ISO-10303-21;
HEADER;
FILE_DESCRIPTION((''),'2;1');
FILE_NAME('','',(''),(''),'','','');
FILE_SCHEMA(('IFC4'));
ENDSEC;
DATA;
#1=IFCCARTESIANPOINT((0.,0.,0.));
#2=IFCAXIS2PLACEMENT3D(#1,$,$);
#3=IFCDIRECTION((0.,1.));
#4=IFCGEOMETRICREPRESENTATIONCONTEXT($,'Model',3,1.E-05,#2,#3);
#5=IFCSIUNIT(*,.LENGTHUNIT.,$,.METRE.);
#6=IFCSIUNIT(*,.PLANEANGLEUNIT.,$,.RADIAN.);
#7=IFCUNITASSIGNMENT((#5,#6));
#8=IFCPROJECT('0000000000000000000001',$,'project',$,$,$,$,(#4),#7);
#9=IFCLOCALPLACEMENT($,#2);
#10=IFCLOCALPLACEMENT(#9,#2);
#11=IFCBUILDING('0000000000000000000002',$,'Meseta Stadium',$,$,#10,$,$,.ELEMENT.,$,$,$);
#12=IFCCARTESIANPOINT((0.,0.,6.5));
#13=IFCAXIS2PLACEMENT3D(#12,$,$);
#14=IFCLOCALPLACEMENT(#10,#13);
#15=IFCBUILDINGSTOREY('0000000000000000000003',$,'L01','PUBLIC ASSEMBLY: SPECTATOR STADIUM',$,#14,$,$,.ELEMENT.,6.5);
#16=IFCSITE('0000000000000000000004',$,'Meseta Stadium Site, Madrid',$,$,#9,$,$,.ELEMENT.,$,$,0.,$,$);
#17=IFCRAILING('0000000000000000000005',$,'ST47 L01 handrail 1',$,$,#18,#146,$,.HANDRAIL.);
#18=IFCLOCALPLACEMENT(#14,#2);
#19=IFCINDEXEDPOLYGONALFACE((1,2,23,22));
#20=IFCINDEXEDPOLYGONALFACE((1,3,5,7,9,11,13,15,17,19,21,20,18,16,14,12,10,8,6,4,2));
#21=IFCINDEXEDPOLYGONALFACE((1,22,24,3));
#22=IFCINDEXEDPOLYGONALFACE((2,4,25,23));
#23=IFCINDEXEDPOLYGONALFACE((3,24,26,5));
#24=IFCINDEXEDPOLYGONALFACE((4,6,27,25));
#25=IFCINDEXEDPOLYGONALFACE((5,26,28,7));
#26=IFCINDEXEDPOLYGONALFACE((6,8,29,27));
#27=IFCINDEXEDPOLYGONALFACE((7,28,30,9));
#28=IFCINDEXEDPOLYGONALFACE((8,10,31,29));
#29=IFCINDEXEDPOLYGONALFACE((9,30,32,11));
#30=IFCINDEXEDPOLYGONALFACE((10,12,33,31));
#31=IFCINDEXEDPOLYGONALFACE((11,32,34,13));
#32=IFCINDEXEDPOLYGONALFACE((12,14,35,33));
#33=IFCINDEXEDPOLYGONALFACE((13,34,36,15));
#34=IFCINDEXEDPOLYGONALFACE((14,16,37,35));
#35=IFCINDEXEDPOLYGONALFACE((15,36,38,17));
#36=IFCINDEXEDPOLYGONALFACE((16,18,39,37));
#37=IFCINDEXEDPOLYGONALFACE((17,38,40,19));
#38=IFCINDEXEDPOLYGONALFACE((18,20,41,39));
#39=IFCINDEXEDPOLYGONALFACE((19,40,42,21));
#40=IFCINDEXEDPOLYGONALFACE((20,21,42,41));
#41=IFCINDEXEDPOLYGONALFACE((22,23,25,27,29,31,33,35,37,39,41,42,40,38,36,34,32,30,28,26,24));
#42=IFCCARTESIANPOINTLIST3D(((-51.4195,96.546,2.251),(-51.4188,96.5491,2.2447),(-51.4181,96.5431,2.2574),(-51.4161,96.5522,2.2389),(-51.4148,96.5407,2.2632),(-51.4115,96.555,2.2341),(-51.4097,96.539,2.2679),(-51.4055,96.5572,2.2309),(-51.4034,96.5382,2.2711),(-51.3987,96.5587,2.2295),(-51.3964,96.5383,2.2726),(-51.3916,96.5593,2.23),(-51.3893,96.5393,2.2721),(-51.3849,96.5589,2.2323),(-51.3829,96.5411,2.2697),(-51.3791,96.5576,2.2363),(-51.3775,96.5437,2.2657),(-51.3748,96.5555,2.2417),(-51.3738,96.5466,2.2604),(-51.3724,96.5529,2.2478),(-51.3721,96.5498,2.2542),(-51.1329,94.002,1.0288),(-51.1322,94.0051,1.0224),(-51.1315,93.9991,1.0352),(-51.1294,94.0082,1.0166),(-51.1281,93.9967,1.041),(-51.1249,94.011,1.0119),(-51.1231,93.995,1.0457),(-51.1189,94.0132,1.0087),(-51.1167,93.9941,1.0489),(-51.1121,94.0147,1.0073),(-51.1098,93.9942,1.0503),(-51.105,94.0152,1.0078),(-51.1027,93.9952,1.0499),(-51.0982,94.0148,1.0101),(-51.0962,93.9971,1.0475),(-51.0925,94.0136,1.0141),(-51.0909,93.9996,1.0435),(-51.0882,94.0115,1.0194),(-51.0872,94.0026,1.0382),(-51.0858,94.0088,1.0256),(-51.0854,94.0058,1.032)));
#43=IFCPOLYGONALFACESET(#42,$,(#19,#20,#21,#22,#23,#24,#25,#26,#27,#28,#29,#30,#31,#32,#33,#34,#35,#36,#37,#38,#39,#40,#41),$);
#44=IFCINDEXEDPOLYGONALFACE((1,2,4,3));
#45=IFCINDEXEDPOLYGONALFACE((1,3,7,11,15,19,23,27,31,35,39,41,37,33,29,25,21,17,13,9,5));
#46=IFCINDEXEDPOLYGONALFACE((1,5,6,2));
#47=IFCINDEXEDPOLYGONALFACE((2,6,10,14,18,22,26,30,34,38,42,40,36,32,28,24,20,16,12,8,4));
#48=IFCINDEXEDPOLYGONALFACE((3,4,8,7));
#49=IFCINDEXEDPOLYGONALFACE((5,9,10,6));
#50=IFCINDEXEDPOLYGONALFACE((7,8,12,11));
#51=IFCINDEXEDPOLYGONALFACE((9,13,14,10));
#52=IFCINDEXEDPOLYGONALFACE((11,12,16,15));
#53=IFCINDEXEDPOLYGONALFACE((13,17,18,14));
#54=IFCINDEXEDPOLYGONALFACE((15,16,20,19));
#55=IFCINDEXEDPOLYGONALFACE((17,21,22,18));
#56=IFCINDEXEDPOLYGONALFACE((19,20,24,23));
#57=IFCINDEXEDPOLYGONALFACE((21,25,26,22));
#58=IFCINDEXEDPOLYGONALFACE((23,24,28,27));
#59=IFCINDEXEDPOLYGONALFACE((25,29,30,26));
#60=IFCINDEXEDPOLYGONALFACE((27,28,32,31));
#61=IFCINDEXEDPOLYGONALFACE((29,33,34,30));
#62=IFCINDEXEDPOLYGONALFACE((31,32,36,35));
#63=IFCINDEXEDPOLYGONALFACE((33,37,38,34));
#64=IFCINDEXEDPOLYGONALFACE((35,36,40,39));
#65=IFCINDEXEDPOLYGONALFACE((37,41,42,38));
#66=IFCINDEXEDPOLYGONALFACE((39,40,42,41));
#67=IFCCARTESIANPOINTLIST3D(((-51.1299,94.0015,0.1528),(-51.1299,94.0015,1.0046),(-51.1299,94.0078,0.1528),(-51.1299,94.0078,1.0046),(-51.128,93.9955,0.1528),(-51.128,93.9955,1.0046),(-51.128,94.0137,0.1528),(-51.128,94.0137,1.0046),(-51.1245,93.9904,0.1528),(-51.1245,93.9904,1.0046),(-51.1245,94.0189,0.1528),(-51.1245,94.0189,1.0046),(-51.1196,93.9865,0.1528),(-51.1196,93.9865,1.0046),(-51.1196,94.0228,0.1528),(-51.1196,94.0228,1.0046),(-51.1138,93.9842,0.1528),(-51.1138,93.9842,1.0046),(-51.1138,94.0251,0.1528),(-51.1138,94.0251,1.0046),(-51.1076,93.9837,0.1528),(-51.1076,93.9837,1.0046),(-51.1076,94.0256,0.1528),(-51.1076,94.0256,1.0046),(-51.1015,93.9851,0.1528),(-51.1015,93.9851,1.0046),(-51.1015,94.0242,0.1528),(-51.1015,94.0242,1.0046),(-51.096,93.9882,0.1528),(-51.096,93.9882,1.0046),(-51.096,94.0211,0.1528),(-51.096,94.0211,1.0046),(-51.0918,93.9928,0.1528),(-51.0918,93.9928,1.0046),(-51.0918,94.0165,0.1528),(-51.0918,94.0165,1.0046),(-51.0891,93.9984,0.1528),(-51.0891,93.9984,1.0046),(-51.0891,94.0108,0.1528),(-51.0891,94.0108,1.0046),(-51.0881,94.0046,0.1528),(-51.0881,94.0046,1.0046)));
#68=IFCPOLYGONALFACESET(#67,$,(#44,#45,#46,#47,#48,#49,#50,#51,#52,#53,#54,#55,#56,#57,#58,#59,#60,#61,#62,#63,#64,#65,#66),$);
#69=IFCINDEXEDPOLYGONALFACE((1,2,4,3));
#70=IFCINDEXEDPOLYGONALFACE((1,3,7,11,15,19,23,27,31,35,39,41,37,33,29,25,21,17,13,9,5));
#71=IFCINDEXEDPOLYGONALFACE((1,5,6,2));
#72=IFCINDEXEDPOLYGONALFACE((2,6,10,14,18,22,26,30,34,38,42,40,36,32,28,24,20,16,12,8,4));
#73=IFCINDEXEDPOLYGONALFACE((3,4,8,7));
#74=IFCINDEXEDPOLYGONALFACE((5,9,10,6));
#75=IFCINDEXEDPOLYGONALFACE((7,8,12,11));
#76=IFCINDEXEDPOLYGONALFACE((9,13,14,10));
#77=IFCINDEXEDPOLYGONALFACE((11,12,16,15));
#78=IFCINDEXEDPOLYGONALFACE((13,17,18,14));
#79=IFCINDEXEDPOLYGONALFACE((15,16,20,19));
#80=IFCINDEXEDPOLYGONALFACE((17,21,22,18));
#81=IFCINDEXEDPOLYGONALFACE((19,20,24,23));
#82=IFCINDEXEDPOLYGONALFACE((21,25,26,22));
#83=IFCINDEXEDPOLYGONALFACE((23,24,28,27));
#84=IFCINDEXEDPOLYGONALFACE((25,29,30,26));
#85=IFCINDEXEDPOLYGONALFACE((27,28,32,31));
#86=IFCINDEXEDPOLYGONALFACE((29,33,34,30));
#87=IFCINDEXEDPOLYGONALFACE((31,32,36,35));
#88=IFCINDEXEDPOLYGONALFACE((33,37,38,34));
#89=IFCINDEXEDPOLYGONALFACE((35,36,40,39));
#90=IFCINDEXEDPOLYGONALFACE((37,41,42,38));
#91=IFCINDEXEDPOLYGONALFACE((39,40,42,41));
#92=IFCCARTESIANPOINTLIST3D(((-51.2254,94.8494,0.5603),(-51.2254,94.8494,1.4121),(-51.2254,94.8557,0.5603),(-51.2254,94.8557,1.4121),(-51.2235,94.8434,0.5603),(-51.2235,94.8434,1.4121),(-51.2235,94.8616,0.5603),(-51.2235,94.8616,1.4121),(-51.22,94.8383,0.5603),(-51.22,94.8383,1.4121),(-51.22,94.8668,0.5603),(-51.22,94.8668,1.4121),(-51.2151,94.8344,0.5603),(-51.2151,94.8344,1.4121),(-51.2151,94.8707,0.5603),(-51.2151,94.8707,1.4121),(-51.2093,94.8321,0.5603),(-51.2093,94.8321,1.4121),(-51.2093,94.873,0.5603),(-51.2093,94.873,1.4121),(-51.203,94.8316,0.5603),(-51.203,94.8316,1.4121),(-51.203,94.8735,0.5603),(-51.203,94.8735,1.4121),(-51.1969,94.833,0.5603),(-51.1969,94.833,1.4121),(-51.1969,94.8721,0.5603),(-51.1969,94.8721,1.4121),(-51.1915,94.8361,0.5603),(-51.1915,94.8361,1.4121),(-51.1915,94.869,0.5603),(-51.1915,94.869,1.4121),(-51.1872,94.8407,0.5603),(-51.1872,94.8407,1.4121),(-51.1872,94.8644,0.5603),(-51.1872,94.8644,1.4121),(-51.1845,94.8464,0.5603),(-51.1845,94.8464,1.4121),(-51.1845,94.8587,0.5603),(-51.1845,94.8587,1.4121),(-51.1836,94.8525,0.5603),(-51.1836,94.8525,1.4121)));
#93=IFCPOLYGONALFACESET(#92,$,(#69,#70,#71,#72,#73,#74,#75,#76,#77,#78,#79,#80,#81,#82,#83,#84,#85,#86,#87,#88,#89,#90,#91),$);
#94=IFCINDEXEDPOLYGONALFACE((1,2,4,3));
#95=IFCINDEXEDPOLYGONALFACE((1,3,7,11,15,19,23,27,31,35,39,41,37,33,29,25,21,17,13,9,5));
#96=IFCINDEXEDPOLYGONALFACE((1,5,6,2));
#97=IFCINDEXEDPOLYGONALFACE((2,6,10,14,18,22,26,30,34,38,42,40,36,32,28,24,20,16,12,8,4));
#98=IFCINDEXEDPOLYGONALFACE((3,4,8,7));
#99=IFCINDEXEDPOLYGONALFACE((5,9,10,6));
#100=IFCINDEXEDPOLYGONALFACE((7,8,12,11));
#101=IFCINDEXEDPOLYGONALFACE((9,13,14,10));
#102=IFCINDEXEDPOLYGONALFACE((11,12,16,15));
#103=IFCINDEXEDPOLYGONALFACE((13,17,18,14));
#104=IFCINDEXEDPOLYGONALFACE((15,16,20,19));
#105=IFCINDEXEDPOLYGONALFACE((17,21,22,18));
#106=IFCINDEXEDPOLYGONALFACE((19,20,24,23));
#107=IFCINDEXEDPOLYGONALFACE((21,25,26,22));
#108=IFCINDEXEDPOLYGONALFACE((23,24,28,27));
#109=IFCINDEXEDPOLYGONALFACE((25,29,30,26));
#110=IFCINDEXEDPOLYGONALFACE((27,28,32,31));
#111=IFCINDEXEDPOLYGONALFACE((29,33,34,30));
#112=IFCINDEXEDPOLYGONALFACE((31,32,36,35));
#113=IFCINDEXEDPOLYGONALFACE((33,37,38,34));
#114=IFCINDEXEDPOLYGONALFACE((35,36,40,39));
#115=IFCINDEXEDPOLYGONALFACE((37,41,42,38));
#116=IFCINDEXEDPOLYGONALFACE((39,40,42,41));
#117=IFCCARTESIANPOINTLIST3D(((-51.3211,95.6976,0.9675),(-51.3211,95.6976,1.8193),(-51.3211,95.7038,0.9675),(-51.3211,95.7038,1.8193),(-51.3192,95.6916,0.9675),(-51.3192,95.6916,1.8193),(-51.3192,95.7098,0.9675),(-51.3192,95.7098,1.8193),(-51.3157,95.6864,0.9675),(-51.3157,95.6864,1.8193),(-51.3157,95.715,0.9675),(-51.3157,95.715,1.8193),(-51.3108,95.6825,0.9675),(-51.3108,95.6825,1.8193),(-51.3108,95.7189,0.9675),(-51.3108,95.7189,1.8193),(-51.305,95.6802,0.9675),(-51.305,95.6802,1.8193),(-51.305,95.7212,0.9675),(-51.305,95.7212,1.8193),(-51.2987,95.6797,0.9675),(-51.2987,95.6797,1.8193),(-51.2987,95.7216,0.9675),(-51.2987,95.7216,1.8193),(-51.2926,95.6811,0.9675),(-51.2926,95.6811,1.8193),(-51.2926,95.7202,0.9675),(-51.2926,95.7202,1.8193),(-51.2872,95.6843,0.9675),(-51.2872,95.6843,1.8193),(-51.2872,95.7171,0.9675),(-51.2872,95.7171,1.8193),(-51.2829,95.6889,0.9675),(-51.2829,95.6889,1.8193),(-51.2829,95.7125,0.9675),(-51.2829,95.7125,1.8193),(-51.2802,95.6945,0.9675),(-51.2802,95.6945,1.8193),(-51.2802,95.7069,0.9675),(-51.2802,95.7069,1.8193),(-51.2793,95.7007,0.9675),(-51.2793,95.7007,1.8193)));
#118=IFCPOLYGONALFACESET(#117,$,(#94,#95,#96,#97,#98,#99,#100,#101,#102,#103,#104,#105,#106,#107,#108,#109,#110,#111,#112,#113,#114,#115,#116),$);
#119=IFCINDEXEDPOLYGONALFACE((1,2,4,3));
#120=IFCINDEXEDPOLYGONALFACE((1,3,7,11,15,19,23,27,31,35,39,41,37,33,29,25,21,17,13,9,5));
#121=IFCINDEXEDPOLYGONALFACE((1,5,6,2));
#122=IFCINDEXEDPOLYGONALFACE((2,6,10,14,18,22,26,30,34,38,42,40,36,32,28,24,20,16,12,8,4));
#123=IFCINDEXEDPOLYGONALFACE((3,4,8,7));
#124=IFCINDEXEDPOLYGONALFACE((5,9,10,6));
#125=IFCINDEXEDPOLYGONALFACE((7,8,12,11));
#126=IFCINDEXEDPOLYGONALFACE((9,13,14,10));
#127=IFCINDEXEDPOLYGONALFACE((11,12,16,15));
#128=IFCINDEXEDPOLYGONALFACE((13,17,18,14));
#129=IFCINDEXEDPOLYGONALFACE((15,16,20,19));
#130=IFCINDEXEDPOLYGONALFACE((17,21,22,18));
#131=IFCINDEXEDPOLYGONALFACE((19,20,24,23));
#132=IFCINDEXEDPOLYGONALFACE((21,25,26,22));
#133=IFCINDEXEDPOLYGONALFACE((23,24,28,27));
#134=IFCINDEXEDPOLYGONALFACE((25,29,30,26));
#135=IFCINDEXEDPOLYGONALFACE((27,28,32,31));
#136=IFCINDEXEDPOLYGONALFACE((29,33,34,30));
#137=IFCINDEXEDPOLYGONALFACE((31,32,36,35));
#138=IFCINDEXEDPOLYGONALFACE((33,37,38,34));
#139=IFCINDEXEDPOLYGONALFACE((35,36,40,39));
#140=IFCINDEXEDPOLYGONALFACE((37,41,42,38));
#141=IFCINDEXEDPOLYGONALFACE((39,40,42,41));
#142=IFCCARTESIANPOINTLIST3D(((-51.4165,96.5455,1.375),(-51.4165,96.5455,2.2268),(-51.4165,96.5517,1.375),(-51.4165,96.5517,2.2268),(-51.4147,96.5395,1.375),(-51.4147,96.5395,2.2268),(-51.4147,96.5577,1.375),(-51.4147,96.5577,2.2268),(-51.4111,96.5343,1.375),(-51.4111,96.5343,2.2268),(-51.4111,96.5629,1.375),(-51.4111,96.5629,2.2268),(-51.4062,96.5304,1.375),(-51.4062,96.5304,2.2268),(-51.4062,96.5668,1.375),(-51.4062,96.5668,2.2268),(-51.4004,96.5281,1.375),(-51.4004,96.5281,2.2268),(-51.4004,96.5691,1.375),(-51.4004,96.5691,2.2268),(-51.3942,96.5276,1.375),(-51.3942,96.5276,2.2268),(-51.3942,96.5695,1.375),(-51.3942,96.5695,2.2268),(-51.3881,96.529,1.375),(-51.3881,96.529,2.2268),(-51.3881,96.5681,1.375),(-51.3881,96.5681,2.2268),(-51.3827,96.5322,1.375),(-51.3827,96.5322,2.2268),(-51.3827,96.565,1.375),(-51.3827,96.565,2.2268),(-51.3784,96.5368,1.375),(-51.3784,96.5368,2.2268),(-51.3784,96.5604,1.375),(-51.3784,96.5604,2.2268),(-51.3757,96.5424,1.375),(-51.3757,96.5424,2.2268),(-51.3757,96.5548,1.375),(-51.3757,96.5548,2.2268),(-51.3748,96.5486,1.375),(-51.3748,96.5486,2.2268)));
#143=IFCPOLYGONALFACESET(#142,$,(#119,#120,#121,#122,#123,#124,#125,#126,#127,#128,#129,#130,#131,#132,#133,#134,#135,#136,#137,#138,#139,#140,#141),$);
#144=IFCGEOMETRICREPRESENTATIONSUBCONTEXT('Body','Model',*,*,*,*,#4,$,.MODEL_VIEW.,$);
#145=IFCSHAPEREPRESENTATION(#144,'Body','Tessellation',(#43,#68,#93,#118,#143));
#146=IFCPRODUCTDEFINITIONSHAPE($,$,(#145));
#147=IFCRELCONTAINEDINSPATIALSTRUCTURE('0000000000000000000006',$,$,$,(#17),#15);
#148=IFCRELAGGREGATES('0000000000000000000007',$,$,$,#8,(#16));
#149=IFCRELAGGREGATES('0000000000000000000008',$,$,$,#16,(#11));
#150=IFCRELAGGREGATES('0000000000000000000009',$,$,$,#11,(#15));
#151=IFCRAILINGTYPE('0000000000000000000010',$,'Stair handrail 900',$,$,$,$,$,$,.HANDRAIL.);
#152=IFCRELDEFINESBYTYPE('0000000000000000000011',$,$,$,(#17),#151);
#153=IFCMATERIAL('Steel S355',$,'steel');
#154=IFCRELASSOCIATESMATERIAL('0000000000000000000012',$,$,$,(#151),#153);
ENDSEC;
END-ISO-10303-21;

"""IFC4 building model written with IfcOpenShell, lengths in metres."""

from ifc_helpers import new_model, si_unit, direction, frame, origin, origin_2d, place, context, subcontext, project, spatial, circle, extrude, material, type_object, element, save


model = new_model("IFC4")

# Units and contexts
model_context = context("Model", 3, precision=1e-05, world=origin(), true_north=direction((0.0, 1.0)))
body_context = subcontext(model_context, "Body", "Model", "MODEL_VIEW")
ifc_project = project(units=[si_unit("LENGTHUNIT", "METRE"), si_unit("PLANEANGLEUNIT", "RADIAN")], contexts=[model_context])

# Site, building, storey
site_placement = place(None, origin())
site = spatial("IfcSite", under=ifc_project, at=site_placement, Name="Meseta Stadium Site, Madrid", CompositionType="ELEMENT", RefElevation=0.0)
building_placement = place(site_placement, origin())
building = spatial("IfcBuilding", under=site, at=building_placement, Name="Meseta Stadium", CompositionType="ELEMENT")
storey_placement = place(building_placement, frame((0.0, 0.0, 6.5)))
storey = spatial("IfcBuildingStorey", under=building, at=storey_placement, Name="L01", Description="PUBLIC ASSEMBLY: SPECTATOR STADIUM", CompositionType="ELEMENT", Elevation=6.5)

# Railing
ifc_material_1 = material(Name="Steel S355", Category="steel")
railing_type_1 = type_object("IfcRailingType", Name="Stair handrail 900", PredefinedType="HANDRAIL", material=ifc_material_1)
for number, where, name in (
    (1, (-51.1091, 94.0046, 0.1528), "ST47 L01 handrail 1"),
):
    element("IfcRailing", number, at=place(storey_placement, frame(where)), inside=storey, type_object=railing_type_1, Name=name, PredefinedType="HANDRAIL", context=body_context, shape_type="SweptSolid", body=[
        extrude(circle(Radius=0.0239, at=origin_2d()), frame((0.0, 0.0, 0.876), z_axis=(-0.101036, 0.896762, 0.430824), x_axis=(-0.993713, -0.11196, 0.0)), (0.0, 0.0, 1.0), 2.8369),
        extrude(circle(Radius=0.021, at=origin_2d()), origin(), (0.0, 0.0, 1.0), 0.8518),
        extrude(circle(Radius=0.021, at=origin_2d()), frame((-0.0955, 0.8479, 0.4075)), (0.0, 0.0, 1.0), 0.8518),
        extrude(circle(Radius=0.021, at=origin_2d()), frame((-0.1912, 1.696, 0.8147)), (0.0, 0.0, 1.0), 0.8518),
        extrude(circle(Radius=0.021, at=origin_2d()), frame((-0.2866, 2.5439, 1.2222)), (0.0, 0.0, 1.0), 0.8518),
    ])

save(model, "model.ifc")
